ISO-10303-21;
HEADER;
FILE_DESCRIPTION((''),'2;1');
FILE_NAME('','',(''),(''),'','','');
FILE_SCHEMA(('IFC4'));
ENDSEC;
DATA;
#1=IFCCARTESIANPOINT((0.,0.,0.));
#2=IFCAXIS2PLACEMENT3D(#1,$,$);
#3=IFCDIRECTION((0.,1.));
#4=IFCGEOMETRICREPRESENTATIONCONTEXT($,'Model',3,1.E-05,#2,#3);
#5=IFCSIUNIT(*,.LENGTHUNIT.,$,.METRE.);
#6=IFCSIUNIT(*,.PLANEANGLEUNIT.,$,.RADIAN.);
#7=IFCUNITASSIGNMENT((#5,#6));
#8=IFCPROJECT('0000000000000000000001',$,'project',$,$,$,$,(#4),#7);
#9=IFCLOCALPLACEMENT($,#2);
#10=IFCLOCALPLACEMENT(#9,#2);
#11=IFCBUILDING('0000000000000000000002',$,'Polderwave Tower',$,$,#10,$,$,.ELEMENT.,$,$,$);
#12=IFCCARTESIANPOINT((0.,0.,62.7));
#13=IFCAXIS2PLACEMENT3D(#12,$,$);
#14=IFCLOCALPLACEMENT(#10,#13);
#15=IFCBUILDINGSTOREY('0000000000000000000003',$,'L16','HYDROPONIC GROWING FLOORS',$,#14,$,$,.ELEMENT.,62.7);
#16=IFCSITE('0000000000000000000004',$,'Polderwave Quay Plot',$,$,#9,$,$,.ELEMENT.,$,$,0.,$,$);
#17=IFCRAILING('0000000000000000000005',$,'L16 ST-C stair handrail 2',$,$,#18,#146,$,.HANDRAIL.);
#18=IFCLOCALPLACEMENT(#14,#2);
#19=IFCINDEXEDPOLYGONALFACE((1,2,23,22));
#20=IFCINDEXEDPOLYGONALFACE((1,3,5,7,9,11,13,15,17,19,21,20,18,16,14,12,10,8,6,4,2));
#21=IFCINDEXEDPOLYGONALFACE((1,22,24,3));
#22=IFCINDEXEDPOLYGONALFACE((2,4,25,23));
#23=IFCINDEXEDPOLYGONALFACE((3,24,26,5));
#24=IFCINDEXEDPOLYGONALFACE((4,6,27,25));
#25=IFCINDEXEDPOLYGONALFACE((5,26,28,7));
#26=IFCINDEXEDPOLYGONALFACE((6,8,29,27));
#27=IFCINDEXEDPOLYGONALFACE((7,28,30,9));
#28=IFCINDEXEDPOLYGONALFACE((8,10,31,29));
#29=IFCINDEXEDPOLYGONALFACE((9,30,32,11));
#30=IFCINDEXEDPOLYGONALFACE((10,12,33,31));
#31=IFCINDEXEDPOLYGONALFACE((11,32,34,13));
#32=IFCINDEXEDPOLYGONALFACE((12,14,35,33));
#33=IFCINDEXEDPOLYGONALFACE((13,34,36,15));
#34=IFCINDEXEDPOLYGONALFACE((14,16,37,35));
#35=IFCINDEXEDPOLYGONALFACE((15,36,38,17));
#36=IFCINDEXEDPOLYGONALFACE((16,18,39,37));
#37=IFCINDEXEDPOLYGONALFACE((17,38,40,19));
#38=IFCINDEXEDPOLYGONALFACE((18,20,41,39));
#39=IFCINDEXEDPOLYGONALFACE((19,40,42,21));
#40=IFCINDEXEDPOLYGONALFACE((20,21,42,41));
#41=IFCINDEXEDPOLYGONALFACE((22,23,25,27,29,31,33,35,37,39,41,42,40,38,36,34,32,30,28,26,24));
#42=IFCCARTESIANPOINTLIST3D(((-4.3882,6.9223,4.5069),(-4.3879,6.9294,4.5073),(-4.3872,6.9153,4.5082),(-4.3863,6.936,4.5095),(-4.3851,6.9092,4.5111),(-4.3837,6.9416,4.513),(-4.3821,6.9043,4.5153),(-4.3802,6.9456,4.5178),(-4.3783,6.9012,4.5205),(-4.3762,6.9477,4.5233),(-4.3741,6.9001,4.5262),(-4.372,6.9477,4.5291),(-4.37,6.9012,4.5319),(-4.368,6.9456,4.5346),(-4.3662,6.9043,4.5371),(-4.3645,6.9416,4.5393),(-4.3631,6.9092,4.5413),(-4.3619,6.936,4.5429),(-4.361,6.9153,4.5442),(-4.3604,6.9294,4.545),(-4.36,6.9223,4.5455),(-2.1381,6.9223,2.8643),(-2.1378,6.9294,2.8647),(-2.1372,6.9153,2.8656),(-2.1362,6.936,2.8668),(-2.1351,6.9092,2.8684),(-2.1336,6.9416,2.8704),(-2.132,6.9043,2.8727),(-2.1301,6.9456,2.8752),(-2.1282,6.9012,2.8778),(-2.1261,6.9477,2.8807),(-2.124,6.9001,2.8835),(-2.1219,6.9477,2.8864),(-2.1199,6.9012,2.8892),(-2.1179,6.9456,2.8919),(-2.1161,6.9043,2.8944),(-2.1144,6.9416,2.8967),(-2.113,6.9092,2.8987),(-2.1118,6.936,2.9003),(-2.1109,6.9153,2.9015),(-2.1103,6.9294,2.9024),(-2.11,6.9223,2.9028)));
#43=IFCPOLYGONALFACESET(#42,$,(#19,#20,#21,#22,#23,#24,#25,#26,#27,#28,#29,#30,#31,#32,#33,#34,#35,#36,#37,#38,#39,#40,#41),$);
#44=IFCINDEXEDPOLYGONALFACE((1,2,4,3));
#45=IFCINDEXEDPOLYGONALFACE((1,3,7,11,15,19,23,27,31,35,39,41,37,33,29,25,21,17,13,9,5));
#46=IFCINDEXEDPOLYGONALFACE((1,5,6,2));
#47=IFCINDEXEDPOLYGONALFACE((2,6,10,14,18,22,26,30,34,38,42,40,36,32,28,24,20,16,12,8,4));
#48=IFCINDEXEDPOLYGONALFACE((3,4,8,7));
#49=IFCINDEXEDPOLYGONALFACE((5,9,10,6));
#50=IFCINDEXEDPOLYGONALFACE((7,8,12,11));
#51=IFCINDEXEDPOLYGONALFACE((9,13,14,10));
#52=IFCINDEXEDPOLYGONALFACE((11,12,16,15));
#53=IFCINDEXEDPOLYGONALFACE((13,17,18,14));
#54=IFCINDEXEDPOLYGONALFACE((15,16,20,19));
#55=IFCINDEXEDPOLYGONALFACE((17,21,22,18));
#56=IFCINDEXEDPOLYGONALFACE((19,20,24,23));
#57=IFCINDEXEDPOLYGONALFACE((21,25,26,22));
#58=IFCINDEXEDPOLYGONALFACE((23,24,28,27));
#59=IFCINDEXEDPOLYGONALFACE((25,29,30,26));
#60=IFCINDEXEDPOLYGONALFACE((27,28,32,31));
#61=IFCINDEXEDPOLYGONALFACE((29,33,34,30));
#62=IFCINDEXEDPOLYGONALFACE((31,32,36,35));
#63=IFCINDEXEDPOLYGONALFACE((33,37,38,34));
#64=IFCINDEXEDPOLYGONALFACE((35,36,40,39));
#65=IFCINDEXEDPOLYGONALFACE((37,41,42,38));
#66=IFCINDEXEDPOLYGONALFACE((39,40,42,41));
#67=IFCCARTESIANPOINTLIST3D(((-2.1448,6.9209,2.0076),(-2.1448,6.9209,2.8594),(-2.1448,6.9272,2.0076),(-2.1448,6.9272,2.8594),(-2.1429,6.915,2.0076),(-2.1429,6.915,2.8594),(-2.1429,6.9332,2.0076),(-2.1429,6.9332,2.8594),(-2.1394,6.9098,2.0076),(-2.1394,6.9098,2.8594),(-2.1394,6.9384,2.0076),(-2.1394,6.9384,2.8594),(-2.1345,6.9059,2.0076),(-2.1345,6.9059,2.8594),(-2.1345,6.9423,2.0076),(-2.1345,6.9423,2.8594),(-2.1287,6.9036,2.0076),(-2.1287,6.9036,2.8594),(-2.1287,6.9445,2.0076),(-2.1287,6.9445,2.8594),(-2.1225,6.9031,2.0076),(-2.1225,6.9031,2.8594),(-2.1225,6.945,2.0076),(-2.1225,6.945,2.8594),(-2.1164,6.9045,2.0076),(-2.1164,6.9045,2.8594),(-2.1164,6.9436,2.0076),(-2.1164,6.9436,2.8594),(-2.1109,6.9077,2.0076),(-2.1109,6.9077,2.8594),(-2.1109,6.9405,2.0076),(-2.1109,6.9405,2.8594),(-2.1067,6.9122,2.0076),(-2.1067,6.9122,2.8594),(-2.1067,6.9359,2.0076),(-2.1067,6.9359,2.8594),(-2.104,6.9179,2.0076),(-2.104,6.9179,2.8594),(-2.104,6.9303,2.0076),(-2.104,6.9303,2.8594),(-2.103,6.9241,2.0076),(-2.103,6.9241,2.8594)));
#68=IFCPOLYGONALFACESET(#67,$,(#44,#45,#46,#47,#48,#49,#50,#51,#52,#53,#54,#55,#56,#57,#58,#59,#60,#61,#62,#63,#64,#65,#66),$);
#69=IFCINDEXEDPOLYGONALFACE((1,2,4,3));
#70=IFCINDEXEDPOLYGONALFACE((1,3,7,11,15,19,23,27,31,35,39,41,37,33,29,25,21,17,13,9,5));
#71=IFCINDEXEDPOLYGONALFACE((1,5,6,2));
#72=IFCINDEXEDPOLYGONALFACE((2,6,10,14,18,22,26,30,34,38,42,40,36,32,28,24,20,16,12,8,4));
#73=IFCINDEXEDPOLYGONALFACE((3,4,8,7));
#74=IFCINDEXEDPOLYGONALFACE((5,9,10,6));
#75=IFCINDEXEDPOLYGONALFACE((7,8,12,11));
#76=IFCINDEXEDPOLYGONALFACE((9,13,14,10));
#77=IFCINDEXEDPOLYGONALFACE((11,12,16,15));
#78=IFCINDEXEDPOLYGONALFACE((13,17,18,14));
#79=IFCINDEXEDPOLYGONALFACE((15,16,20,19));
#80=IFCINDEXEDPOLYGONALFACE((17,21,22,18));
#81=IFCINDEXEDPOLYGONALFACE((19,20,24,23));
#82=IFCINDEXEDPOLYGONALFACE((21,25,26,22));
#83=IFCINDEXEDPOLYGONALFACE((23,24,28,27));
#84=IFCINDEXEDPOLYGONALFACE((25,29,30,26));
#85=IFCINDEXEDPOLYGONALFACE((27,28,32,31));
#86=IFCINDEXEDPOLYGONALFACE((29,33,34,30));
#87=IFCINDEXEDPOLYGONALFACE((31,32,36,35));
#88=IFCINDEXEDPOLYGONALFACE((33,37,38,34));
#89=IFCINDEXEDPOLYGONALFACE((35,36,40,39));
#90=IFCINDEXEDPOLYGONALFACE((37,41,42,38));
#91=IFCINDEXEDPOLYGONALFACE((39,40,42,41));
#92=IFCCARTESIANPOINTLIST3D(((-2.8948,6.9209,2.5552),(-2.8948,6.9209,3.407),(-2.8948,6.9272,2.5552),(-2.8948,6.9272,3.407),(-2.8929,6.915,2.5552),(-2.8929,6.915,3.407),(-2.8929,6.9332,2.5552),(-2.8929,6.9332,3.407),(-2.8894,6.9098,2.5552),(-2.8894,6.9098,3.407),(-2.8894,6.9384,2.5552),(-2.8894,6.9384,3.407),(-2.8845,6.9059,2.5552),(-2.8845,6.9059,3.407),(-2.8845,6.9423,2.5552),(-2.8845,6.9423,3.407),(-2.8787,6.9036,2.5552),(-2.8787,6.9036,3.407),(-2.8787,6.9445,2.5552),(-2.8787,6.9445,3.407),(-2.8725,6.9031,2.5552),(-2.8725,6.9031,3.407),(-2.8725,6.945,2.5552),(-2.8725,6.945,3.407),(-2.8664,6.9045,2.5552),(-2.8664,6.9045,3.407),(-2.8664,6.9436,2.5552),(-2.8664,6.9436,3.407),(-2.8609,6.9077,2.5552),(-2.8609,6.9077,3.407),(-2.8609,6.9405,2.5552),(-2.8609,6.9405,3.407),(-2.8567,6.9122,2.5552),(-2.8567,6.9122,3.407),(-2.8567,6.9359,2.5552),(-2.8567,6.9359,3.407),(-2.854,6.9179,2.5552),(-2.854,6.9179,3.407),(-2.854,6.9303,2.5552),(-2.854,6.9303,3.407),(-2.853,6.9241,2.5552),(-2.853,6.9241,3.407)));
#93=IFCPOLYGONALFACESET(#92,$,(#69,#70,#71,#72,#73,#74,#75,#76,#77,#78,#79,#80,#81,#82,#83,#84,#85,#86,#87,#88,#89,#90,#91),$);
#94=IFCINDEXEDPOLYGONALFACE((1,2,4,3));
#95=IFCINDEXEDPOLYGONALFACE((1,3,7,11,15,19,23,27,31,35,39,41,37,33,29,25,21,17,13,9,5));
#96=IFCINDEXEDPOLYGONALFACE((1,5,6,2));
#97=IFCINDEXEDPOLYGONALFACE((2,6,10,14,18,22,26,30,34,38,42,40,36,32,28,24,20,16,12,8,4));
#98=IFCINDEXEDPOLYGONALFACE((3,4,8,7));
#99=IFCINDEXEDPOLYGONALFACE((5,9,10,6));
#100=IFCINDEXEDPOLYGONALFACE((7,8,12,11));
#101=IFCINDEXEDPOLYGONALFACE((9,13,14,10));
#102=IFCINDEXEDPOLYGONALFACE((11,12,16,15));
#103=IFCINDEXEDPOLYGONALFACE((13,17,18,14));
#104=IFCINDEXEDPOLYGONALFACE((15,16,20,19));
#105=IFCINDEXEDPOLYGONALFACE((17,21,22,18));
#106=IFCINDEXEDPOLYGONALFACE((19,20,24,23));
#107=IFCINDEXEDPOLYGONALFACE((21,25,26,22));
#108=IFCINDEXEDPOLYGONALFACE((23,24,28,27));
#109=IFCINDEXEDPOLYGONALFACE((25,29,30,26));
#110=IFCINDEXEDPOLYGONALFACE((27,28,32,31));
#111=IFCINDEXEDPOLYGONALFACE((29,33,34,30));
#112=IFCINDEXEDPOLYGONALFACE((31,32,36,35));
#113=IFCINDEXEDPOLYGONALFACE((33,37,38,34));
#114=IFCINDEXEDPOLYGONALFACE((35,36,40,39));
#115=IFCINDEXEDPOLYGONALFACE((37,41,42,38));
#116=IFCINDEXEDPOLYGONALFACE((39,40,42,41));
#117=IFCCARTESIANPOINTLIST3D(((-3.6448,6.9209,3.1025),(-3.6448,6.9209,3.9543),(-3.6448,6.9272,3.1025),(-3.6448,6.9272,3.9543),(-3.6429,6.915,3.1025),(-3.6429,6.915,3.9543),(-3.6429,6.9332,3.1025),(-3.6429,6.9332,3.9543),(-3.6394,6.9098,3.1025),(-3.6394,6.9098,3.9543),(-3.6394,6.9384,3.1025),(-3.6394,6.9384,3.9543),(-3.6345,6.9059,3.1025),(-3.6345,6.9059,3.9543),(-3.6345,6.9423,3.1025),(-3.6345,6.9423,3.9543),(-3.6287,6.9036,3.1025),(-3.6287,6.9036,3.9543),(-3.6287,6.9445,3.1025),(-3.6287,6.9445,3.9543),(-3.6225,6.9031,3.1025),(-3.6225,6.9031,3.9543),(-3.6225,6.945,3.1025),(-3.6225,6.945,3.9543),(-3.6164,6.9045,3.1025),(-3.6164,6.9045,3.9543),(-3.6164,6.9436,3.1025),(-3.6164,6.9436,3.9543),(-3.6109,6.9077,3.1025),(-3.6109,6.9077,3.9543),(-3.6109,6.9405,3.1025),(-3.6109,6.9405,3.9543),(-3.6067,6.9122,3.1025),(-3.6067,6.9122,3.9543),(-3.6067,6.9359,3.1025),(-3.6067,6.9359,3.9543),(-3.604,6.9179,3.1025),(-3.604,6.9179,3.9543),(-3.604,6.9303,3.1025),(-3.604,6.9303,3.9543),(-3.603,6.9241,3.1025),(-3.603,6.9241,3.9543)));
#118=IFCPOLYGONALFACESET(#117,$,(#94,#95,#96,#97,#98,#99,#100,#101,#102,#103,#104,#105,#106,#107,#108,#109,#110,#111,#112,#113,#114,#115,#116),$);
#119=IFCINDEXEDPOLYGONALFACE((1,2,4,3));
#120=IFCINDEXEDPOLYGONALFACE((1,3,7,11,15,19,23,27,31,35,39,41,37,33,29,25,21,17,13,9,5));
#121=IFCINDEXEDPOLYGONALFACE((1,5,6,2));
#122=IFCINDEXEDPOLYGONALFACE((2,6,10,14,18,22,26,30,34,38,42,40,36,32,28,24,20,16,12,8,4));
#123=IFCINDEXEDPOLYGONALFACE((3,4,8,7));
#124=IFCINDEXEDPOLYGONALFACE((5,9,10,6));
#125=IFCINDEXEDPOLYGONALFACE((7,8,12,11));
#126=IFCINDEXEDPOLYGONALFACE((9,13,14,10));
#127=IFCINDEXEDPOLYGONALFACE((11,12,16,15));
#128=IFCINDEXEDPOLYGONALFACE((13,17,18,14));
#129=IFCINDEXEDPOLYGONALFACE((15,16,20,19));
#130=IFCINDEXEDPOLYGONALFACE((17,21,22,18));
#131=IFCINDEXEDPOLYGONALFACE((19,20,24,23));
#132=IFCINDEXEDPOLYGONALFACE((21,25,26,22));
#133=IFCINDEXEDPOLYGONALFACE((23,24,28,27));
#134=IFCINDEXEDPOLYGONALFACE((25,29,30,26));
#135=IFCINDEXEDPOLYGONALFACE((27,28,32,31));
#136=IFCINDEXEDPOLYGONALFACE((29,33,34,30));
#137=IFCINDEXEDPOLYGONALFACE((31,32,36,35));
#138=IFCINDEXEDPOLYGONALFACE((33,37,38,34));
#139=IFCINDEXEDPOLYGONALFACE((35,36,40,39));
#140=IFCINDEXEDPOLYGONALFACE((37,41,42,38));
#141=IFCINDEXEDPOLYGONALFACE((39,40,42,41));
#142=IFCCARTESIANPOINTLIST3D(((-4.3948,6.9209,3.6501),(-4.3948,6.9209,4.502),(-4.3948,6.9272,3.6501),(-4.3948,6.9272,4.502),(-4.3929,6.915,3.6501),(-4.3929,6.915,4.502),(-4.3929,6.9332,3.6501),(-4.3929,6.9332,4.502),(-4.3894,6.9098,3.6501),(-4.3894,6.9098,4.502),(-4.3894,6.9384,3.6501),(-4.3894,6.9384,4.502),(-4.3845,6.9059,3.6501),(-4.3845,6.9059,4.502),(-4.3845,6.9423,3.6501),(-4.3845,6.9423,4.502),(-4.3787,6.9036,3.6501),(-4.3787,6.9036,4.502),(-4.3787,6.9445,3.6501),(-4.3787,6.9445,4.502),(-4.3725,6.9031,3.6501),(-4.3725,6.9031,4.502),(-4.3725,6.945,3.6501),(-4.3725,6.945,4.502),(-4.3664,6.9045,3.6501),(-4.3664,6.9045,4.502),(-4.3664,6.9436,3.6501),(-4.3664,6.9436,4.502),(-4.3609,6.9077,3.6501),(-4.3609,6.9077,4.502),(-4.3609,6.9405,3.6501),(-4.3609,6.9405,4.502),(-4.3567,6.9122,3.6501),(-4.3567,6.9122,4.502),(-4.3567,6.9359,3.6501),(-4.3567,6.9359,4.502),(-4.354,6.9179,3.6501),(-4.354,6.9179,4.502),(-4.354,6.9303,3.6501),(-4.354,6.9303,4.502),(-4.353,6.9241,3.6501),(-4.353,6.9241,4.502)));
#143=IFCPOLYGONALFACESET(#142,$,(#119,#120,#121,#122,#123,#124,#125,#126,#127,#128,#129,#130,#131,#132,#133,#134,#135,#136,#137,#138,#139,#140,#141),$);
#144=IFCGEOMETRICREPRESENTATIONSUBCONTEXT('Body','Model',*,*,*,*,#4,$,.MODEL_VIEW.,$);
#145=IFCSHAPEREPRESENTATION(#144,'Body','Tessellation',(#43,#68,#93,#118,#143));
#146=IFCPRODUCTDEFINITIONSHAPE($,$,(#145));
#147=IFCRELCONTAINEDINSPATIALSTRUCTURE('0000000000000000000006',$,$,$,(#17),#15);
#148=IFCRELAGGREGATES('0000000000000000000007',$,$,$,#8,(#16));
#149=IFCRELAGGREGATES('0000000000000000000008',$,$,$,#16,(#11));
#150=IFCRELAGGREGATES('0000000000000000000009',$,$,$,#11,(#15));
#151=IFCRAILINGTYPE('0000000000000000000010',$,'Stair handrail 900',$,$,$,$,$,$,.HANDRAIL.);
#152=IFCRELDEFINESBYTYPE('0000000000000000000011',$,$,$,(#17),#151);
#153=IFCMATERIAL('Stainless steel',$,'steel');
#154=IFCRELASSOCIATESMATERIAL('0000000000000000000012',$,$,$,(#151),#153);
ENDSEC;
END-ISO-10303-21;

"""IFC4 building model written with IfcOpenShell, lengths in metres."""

from ifc_helpers import new_model, si_unit, direction, frame, origin, origin_2d, place, context, subcontext, project, spatial, circle, extrude, material, type_object, element, save


model = new_model("IFC4")

# Units and contexts
model_context = context("Model", 3, precision=1e-05, world=origin(), true_north=direction((0.0, 1.0)))
body_context = subcontext(model_context, "Body", "Model", "MODEL_VIEW")
ifc_project = project(units=[si_unit("LENGTHUNIT", "METRE"), si_unit("PLANEANGLEUNIT", "RADIAN")], contexts=[model_context])

# Site, building, storey
site_placement = place(None, origin())
site = spatial("IfcSite", under=ifc_project, at=site_placement, Name="Polderwave Quay Plot", CompositionType="ELEMENT", RefElevation=0.0)
building_placement = place(site_placement, origin())
building = spatial("IfcBuilding", under=site, at=building_placement, Name="Polderwave Tower", CompositionType="ELEMENT")
storey_placement = place(building_placement, frame((0.0, 0.0, 62.7)))
storey = spatial("IfcBuildingStorey", under=building, at=storey_placement, Name="L16", Description="HYDROPONIC GROWING FLOORS", CompositionType="ELEMENT", Elevation=62.7)

# Railing
ifc_material_1 = material(Name="Stainless steel", Category="steel")
railing_type_1 = type_object("IfcRailingType", Name="Stair handrail 900", PredefinedType="HANDRAIL", material=ifc_material_1)
railing_1_placement = place(storey_placement, frame((-2.124, 6.9241, 2.0076)))
element("IfcRailing", 1, at=railing_1_placement, inside=storey, type_object=railing_type_1, Name="L16 ST-C stair handrail 2", PredefinedType="HANDRAIL", context=body_context, shape_type="SweptSolid", body=[
    extrude(circle(Radius=0.0239, at=origin_2d()), frame((0.0, 0.0, 0.876), z_axis=(-0.807674, 0.0, 0.58963), x_axis=(0.0, -1.0, 0.0)), (0.0, 0.0, 1.0), 2.7859),
    extrude(circle(Radius=0.021, at=origin_2d()), origin(), (0.0, 0.0, 1.0), 0.8518),
    extrude(circle(Radius=0.021, at=origin_2d()), frame((-0.75, 0.0, 0.5476)), (0.0, 0.0, 1.0), 0.8518),
    extrude(circle(Radius=0.021, at=origin_2d()), frame((-1.5, 0.0, 1.095)), (0.0, 0.0, 1.0), 0.8518),
    extrude(circle(Radius=0.021, at=origin_2d()), frame((-2.25, 0.0, 1.6426)), (0.0, 0.0, 1.0), 0.8518),
])

save(model, "model.ifc")
